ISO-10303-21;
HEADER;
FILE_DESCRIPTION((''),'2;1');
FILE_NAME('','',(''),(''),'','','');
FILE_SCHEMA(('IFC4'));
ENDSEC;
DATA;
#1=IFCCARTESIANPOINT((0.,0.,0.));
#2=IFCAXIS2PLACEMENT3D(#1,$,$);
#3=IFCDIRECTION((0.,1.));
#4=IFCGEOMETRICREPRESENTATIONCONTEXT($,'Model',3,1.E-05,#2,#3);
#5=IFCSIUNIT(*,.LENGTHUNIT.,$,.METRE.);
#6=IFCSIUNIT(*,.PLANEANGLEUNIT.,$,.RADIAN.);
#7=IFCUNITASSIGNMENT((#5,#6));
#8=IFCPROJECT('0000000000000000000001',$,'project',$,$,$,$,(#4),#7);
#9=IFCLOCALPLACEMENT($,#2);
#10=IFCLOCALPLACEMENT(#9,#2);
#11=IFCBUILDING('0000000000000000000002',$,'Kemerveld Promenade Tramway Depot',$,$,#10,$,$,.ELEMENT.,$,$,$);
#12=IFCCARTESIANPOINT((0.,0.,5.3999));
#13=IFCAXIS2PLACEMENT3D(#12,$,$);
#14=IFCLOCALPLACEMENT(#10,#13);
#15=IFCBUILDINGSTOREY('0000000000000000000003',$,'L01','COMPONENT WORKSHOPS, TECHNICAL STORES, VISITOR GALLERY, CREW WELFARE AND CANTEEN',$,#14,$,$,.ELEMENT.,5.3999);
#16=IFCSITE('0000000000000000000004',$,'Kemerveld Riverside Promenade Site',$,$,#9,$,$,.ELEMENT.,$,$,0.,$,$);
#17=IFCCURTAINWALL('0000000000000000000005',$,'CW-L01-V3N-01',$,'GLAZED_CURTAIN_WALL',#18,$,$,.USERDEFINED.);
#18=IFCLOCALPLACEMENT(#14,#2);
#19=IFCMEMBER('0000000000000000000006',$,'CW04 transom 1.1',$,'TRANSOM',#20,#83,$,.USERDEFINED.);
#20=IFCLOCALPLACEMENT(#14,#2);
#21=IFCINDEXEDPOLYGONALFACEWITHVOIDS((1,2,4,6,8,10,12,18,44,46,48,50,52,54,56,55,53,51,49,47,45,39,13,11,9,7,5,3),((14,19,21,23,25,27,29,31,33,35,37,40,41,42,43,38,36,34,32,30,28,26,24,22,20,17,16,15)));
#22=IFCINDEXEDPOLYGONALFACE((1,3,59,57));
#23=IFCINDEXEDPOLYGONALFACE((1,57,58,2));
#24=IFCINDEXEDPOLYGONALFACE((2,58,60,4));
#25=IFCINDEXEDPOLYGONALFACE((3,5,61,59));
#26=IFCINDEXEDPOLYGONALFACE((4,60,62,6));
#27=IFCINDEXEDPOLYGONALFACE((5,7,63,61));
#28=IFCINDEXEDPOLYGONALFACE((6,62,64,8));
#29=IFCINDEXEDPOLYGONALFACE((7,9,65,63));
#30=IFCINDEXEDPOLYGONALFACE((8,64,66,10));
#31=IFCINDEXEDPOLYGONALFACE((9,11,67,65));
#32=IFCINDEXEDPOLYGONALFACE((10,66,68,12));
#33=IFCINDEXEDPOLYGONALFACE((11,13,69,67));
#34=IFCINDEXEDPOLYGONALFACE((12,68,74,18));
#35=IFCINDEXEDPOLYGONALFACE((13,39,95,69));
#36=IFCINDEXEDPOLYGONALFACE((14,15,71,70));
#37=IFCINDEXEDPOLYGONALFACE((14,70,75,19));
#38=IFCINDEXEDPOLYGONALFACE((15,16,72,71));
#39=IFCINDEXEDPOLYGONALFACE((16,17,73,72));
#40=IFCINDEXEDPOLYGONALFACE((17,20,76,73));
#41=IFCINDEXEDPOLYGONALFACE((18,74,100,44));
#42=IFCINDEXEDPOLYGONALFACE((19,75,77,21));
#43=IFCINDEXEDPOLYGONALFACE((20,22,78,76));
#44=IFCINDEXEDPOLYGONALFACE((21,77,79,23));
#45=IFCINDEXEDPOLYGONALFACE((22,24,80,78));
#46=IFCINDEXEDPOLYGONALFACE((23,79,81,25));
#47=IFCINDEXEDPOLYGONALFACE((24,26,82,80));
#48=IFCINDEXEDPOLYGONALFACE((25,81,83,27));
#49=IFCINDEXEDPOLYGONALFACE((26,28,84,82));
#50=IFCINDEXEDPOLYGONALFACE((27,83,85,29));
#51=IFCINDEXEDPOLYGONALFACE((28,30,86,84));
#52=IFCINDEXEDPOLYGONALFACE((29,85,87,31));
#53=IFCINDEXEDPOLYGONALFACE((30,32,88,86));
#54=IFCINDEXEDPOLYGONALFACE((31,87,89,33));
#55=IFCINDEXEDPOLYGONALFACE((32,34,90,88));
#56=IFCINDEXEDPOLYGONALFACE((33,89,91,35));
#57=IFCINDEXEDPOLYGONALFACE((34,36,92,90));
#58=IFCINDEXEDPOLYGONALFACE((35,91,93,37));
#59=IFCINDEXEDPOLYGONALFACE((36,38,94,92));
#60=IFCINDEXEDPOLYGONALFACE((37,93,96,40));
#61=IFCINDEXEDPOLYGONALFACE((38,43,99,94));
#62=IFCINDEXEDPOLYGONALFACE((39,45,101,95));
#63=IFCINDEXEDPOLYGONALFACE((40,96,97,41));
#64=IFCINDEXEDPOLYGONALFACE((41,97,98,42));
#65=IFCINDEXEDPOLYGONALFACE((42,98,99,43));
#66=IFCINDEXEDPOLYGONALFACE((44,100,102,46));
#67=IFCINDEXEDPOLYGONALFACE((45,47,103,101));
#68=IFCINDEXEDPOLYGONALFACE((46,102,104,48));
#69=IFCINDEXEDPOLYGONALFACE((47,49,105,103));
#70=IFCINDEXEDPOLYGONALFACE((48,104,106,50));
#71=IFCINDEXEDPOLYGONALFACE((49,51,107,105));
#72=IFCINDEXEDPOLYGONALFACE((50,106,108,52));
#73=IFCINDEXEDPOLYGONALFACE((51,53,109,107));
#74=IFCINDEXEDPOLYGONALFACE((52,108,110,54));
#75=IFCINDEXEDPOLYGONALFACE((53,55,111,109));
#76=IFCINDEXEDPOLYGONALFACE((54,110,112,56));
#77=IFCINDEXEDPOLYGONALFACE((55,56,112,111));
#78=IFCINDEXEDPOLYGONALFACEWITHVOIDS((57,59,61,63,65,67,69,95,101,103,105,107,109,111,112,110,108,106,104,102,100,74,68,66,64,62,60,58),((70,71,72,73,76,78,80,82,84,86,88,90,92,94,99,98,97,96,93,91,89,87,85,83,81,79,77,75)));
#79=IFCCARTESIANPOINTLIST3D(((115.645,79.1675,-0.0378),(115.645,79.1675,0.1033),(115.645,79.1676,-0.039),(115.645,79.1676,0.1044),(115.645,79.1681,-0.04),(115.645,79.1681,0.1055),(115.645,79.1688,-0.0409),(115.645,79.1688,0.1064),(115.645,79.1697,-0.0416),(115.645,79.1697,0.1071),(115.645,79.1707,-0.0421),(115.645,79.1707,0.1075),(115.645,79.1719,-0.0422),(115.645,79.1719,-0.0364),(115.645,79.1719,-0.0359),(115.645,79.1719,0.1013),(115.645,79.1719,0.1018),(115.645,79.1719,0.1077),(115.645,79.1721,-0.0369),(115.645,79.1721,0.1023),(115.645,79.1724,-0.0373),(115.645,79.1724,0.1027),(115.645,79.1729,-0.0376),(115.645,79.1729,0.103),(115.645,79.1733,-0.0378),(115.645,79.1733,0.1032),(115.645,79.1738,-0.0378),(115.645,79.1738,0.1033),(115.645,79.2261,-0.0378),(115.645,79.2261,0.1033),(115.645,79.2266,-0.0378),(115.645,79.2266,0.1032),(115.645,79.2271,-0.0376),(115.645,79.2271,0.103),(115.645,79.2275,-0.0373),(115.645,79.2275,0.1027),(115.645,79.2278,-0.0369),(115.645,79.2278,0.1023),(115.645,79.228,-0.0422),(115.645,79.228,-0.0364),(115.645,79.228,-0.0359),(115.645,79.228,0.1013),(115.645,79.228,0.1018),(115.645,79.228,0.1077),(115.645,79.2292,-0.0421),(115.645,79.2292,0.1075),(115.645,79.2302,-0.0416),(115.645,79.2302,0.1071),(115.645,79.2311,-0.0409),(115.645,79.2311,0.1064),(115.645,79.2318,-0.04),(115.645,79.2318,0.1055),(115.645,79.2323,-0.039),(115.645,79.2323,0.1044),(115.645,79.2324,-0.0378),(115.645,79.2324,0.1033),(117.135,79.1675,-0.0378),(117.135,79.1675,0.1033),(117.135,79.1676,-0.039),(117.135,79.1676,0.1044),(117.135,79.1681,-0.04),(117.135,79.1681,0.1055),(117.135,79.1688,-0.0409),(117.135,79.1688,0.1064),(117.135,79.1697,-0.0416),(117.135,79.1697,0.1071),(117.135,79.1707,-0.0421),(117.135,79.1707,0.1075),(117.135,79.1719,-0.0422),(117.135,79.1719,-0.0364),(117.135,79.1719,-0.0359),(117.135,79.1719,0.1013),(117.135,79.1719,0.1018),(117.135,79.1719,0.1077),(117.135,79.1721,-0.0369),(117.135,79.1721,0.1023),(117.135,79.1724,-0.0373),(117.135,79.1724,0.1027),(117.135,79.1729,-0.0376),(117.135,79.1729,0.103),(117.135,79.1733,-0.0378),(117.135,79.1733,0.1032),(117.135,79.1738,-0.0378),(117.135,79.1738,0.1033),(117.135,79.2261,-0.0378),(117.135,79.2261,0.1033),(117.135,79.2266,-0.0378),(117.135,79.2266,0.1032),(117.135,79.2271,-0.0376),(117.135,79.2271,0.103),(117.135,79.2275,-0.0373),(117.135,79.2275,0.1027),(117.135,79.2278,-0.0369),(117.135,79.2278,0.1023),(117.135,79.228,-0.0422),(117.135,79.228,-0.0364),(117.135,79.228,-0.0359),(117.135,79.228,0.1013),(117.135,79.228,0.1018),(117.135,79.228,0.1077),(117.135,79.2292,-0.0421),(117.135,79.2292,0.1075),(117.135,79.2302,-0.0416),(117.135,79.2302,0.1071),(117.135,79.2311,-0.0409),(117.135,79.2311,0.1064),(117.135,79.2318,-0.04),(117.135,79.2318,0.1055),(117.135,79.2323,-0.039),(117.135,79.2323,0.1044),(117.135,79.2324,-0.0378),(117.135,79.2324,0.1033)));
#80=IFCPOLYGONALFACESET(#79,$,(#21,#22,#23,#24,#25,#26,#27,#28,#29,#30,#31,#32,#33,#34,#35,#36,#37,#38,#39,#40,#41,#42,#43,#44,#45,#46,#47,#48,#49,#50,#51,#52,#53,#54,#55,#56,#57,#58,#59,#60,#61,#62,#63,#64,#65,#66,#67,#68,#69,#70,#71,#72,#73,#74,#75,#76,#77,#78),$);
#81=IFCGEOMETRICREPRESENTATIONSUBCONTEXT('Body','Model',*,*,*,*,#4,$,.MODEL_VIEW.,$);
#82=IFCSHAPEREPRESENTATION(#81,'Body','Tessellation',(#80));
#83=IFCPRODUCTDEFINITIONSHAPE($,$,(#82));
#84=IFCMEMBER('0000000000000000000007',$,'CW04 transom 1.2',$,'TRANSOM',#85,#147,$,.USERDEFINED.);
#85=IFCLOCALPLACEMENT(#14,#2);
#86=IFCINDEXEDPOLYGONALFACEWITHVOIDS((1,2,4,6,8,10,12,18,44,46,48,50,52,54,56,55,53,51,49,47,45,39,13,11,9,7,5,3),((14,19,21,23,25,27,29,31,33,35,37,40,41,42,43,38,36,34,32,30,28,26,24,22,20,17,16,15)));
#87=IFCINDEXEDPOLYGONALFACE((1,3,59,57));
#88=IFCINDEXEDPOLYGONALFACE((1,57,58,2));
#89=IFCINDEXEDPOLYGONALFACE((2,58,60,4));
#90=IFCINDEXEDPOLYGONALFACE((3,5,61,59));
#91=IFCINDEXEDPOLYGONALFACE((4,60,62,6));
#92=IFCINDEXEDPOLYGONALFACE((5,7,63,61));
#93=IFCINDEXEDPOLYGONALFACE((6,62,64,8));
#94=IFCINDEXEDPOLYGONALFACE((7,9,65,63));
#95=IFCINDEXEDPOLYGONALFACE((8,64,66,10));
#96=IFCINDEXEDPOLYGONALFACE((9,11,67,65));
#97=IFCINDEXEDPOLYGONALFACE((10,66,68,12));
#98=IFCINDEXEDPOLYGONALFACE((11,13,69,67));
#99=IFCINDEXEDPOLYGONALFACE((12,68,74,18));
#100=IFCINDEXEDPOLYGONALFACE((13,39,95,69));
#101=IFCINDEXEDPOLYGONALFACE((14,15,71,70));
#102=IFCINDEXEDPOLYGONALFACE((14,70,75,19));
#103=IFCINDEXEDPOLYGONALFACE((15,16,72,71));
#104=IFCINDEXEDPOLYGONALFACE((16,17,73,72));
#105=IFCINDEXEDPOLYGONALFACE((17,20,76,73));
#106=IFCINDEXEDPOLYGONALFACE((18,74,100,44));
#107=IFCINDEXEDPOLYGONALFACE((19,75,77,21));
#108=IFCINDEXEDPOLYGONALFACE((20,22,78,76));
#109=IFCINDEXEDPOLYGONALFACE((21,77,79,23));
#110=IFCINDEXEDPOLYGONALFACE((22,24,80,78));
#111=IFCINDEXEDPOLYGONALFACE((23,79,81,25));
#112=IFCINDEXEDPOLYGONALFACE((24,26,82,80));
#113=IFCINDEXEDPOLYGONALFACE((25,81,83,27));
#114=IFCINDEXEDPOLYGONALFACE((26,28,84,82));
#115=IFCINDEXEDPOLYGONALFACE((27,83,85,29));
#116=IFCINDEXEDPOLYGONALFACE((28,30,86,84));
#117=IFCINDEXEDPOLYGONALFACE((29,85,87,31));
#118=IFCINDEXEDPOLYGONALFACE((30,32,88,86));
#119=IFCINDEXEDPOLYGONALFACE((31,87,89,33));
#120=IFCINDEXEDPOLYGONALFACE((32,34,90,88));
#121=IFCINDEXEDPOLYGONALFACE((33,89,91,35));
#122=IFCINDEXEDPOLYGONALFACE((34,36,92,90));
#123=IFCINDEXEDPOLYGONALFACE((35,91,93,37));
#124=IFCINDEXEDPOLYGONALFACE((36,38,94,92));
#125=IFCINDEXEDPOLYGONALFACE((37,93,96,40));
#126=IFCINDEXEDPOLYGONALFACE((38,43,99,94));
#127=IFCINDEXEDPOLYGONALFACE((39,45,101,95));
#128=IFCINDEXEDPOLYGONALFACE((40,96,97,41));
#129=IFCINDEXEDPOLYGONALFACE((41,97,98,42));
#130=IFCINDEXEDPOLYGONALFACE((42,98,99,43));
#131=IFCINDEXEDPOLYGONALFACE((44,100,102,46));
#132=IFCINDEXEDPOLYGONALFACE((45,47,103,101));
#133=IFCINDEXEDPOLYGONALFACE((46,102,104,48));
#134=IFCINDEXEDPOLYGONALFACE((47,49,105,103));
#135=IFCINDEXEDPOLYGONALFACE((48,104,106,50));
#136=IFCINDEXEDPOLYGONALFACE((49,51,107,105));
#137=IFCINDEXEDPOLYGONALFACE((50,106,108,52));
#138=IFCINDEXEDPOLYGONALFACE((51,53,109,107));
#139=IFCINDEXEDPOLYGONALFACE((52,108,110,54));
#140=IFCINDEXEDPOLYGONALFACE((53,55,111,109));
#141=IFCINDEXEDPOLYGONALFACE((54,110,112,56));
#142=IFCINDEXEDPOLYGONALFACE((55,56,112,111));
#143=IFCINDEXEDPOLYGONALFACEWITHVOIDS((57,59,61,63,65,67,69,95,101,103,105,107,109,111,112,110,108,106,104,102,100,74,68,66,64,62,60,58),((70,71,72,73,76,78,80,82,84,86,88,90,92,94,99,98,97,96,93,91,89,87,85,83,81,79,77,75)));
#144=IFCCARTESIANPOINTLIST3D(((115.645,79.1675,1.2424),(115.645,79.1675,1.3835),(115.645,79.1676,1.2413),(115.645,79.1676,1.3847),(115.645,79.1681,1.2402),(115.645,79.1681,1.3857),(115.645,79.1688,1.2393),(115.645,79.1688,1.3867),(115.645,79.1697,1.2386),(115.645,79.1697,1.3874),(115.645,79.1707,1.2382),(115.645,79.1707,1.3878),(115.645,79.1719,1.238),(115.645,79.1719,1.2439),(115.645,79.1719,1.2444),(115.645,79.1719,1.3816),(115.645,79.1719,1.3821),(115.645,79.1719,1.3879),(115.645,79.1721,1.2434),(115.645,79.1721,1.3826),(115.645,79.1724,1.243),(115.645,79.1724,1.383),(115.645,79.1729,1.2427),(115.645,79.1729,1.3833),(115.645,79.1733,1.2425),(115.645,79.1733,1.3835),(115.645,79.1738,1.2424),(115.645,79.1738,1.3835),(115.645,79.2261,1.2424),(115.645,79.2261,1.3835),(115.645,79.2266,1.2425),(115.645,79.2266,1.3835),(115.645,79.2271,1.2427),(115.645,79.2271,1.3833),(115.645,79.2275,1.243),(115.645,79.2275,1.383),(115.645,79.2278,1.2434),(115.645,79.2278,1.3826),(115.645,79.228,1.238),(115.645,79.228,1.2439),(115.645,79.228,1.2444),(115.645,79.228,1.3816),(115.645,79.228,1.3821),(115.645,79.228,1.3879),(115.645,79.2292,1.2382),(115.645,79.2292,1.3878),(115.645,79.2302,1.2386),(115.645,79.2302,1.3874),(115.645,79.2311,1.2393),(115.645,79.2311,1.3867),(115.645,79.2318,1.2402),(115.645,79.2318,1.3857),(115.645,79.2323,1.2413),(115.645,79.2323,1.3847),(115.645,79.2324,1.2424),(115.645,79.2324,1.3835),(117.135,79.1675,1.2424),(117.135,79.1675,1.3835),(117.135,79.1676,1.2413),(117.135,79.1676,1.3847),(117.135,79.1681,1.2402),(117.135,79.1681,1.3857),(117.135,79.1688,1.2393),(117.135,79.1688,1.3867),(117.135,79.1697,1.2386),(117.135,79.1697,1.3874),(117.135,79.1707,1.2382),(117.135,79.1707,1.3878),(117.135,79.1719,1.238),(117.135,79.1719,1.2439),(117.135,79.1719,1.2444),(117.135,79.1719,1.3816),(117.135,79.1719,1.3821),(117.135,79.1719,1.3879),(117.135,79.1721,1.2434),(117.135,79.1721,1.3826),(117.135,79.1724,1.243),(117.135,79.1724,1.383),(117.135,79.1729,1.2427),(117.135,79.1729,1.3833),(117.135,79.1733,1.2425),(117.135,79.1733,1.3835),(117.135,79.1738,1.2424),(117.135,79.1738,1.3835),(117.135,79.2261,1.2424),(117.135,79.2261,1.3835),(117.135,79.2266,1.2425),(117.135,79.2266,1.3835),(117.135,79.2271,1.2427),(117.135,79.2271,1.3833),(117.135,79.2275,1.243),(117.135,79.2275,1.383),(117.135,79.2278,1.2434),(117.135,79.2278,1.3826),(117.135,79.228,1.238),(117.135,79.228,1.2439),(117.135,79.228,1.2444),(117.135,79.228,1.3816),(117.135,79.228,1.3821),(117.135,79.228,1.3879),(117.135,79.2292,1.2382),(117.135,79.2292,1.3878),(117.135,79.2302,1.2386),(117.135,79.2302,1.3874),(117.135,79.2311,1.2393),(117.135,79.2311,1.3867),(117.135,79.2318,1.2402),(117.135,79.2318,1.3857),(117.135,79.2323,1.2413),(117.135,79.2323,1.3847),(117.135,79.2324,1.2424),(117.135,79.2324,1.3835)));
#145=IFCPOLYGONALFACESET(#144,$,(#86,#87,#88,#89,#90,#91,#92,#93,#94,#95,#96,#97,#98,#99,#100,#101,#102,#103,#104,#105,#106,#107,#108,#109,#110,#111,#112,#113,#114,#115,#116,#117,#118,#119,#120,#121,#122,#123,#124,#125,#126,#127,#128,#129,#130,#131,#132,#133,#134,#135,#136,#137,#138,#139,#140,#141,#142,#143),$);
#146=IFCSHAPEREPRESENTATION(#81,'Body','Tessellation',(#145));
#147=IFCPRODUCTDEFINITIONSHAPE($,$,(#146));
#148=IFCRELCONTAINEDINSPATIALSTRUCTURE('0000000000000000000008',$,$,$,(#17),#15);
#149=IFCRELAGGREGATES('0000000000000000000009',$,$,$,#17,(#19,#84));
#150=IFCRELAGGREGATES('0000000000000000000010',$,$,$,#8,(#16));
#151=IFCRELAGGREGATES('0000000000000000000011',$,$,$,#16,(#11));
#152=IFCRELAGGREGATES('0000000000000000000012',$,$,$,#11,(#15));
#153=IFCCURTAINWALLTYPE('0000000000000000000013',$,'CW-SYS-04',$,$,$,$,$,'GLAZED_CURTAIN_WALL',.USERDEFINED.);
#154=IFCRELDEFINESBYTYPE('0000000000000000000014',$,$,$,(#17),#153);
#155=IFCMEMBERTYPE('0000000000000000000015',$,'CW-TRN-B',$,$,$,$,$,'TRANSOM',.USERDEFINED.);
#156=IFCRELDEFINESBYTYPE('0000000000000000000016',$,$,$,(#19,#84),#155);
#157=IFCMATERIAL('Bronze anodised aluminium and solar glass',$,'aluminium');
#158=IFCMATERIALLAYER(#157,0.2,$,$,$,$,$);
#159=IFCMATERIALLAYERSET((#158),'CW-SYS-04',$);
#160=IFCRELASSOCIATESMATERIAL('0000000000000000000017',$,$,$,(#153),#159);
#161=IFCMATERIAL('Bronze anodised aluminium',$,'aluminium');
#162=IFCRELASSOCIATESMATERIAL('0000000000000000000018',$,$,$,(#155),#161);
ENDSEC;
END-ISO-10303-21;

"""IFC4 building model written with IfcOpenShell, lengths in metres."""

from ifc_helpers import new_model, si_unit, direction, frame, origin, origin_2d, place, context, subcontext, project, spatial, hollow_rectangle, extrude, material, layer, layer_set, material_profile, profile_set, type_object, element, aggregate, save


model = new_model("IFC4")

# Units and contexts
model_context = context("Model", 3, precision=1e-05, world=origin(), true_north=direction((0.0, 1.0)))
body_context = subcontext(model_context, "Body", "Model", "MODEL_VIEW")
ifc_project = project(units=[si_unit("LENGTHUNIT", "METRE"), si_unit("PLANEANGLEUNIT", "RADIAN")], contexts=[model_context])

# Site, building, storey
site_placement = place(None, origin())
site = spatial("IfcSite", under=ifc_project, at=site_placement, Name="Kemerveld Riverside Promenade Site", CompositionType="ELEMENT", RefElevation=0.0)
building_placement = place(site_placement, origin())
building = spatial("IfcBuilding", under=site, at=building_placement, Name="Kemerveld Promenade Tramway Depot", CompositionType="ELEMENT")
storey_placement = place(building_placement, frame((0.0, 0.0, 5.3999)))
storey = spatial("IfcBuildingStorey", under=building, at=storey_placement, Name="L01", Description="COMPONENT WORKSHOPS, TECHNICAL STORES, VISITOR GALLERY, CREW WELFARE AND CANTEEN", CompositionType="ELEMENT", Elevation=5.3999)

# Shared definitions
ifc_material_1 = material(Name="Bronze anodised aluminium and solar glass", Category="aluminium")
ifc_material_2 = material(Name="Bronze anodised aluminium", Category="aluminium")

# Curtain wall
ifc_layer_1 = layer(ifc_material_1, 0.2)
ifc_layer_set_1 = layer_set([ifc_layer_1], Name="CW-SYS-04")
curtain_wall_type_1 = type_object("IfcCurtainWallType", Name="CW-SYS-04", ElementType="GLAZED_CURTAIN_WALL", PredefinedType="USERDEFINED", material=ifc_layer_set_1)
curtain_wall_1_placement = place(storey_placement, origin())
curtain_wall_1 = element("IfcCurtainWall", 1, at=curtain_wall_1_placement, inside=storey, type_object=curtain_wall_type_1, Name="CW-L01-V3N-01", ObjectType="GLAZED_CURTAIN_WALL", PredefinedType="USERDEFINED")

# Members
ifc_material_profile_1 = material_profile(ifc_material_2, hollow_rectangle(XDim=0.0649, YDim=0.1499, WallThickness=0.0044, InnerFilletRadius=0.002, OuterFilletRadius=0.0044, at=origin_2d()), Name="CW-TRN-150x65")
ifc_profile_set_1 = profile_set([ifc_material_profile_1], Name="Bronze anodised aluminium")
member_type_1 = type_object("IfcMemberType", Name="CW-TRN-B", ElementType="TRANSOM", PredefinedType="USERDEFINED", material=ifc_profile_set_1)
member_1_placement = place(storey_placement, frame((115.645, 79.2, 0.0327), z_axis=(1.0, 0.0, 0.0), x_axis=(0.0, 1.0, 0.0)))
member_1 = element("IfcMember", 2, at=member_1_placement, type_object=member_type_1, Name="CW04 transom 1.1", ObjectType="TRANSOM", PredefinedType="USERDEFINED", context=body_context, shape_type="SweptSolid", body=[
    extrude(hollow_rectangle(XDim=0.0649, YDim=0.1499, WallThickness=0.0044, InnerFilletRadius=0.002, OuterFilletRadius=0.0044, at=origin_2d()), origin(), (0.0, 0.0, 1.0), 1.49),
])
member_2_placement = place(storey_placement, frame((115.645, 79.2, 1.313), z_axis=(1.0, 0.0, 0.0), x_axis=(0.0, 1.0, 0.0)))
member_2 = element("IfcMember", 3, at=member_2_placement, type_object=member_type_1, Name="CW04 transom 1.2", ObjectType="TRANSOM", PredefinedType="USERDEFINED", context=body_context, shape_type="SweptSolid", body=[
    extrude(hollow_rectangle(XDim=0.0649, YDim=0.1499, WallThickness=0.0044, InnerFilletRadius=0.002, OuterFilletRadius=0.0044, at=origin_2d()), origin(), (0.0, 0.0, 1.0), 1.49),
])

aggregate(curtain_wall_1, [member_1, member_2])

save(model, "model.ifc")
